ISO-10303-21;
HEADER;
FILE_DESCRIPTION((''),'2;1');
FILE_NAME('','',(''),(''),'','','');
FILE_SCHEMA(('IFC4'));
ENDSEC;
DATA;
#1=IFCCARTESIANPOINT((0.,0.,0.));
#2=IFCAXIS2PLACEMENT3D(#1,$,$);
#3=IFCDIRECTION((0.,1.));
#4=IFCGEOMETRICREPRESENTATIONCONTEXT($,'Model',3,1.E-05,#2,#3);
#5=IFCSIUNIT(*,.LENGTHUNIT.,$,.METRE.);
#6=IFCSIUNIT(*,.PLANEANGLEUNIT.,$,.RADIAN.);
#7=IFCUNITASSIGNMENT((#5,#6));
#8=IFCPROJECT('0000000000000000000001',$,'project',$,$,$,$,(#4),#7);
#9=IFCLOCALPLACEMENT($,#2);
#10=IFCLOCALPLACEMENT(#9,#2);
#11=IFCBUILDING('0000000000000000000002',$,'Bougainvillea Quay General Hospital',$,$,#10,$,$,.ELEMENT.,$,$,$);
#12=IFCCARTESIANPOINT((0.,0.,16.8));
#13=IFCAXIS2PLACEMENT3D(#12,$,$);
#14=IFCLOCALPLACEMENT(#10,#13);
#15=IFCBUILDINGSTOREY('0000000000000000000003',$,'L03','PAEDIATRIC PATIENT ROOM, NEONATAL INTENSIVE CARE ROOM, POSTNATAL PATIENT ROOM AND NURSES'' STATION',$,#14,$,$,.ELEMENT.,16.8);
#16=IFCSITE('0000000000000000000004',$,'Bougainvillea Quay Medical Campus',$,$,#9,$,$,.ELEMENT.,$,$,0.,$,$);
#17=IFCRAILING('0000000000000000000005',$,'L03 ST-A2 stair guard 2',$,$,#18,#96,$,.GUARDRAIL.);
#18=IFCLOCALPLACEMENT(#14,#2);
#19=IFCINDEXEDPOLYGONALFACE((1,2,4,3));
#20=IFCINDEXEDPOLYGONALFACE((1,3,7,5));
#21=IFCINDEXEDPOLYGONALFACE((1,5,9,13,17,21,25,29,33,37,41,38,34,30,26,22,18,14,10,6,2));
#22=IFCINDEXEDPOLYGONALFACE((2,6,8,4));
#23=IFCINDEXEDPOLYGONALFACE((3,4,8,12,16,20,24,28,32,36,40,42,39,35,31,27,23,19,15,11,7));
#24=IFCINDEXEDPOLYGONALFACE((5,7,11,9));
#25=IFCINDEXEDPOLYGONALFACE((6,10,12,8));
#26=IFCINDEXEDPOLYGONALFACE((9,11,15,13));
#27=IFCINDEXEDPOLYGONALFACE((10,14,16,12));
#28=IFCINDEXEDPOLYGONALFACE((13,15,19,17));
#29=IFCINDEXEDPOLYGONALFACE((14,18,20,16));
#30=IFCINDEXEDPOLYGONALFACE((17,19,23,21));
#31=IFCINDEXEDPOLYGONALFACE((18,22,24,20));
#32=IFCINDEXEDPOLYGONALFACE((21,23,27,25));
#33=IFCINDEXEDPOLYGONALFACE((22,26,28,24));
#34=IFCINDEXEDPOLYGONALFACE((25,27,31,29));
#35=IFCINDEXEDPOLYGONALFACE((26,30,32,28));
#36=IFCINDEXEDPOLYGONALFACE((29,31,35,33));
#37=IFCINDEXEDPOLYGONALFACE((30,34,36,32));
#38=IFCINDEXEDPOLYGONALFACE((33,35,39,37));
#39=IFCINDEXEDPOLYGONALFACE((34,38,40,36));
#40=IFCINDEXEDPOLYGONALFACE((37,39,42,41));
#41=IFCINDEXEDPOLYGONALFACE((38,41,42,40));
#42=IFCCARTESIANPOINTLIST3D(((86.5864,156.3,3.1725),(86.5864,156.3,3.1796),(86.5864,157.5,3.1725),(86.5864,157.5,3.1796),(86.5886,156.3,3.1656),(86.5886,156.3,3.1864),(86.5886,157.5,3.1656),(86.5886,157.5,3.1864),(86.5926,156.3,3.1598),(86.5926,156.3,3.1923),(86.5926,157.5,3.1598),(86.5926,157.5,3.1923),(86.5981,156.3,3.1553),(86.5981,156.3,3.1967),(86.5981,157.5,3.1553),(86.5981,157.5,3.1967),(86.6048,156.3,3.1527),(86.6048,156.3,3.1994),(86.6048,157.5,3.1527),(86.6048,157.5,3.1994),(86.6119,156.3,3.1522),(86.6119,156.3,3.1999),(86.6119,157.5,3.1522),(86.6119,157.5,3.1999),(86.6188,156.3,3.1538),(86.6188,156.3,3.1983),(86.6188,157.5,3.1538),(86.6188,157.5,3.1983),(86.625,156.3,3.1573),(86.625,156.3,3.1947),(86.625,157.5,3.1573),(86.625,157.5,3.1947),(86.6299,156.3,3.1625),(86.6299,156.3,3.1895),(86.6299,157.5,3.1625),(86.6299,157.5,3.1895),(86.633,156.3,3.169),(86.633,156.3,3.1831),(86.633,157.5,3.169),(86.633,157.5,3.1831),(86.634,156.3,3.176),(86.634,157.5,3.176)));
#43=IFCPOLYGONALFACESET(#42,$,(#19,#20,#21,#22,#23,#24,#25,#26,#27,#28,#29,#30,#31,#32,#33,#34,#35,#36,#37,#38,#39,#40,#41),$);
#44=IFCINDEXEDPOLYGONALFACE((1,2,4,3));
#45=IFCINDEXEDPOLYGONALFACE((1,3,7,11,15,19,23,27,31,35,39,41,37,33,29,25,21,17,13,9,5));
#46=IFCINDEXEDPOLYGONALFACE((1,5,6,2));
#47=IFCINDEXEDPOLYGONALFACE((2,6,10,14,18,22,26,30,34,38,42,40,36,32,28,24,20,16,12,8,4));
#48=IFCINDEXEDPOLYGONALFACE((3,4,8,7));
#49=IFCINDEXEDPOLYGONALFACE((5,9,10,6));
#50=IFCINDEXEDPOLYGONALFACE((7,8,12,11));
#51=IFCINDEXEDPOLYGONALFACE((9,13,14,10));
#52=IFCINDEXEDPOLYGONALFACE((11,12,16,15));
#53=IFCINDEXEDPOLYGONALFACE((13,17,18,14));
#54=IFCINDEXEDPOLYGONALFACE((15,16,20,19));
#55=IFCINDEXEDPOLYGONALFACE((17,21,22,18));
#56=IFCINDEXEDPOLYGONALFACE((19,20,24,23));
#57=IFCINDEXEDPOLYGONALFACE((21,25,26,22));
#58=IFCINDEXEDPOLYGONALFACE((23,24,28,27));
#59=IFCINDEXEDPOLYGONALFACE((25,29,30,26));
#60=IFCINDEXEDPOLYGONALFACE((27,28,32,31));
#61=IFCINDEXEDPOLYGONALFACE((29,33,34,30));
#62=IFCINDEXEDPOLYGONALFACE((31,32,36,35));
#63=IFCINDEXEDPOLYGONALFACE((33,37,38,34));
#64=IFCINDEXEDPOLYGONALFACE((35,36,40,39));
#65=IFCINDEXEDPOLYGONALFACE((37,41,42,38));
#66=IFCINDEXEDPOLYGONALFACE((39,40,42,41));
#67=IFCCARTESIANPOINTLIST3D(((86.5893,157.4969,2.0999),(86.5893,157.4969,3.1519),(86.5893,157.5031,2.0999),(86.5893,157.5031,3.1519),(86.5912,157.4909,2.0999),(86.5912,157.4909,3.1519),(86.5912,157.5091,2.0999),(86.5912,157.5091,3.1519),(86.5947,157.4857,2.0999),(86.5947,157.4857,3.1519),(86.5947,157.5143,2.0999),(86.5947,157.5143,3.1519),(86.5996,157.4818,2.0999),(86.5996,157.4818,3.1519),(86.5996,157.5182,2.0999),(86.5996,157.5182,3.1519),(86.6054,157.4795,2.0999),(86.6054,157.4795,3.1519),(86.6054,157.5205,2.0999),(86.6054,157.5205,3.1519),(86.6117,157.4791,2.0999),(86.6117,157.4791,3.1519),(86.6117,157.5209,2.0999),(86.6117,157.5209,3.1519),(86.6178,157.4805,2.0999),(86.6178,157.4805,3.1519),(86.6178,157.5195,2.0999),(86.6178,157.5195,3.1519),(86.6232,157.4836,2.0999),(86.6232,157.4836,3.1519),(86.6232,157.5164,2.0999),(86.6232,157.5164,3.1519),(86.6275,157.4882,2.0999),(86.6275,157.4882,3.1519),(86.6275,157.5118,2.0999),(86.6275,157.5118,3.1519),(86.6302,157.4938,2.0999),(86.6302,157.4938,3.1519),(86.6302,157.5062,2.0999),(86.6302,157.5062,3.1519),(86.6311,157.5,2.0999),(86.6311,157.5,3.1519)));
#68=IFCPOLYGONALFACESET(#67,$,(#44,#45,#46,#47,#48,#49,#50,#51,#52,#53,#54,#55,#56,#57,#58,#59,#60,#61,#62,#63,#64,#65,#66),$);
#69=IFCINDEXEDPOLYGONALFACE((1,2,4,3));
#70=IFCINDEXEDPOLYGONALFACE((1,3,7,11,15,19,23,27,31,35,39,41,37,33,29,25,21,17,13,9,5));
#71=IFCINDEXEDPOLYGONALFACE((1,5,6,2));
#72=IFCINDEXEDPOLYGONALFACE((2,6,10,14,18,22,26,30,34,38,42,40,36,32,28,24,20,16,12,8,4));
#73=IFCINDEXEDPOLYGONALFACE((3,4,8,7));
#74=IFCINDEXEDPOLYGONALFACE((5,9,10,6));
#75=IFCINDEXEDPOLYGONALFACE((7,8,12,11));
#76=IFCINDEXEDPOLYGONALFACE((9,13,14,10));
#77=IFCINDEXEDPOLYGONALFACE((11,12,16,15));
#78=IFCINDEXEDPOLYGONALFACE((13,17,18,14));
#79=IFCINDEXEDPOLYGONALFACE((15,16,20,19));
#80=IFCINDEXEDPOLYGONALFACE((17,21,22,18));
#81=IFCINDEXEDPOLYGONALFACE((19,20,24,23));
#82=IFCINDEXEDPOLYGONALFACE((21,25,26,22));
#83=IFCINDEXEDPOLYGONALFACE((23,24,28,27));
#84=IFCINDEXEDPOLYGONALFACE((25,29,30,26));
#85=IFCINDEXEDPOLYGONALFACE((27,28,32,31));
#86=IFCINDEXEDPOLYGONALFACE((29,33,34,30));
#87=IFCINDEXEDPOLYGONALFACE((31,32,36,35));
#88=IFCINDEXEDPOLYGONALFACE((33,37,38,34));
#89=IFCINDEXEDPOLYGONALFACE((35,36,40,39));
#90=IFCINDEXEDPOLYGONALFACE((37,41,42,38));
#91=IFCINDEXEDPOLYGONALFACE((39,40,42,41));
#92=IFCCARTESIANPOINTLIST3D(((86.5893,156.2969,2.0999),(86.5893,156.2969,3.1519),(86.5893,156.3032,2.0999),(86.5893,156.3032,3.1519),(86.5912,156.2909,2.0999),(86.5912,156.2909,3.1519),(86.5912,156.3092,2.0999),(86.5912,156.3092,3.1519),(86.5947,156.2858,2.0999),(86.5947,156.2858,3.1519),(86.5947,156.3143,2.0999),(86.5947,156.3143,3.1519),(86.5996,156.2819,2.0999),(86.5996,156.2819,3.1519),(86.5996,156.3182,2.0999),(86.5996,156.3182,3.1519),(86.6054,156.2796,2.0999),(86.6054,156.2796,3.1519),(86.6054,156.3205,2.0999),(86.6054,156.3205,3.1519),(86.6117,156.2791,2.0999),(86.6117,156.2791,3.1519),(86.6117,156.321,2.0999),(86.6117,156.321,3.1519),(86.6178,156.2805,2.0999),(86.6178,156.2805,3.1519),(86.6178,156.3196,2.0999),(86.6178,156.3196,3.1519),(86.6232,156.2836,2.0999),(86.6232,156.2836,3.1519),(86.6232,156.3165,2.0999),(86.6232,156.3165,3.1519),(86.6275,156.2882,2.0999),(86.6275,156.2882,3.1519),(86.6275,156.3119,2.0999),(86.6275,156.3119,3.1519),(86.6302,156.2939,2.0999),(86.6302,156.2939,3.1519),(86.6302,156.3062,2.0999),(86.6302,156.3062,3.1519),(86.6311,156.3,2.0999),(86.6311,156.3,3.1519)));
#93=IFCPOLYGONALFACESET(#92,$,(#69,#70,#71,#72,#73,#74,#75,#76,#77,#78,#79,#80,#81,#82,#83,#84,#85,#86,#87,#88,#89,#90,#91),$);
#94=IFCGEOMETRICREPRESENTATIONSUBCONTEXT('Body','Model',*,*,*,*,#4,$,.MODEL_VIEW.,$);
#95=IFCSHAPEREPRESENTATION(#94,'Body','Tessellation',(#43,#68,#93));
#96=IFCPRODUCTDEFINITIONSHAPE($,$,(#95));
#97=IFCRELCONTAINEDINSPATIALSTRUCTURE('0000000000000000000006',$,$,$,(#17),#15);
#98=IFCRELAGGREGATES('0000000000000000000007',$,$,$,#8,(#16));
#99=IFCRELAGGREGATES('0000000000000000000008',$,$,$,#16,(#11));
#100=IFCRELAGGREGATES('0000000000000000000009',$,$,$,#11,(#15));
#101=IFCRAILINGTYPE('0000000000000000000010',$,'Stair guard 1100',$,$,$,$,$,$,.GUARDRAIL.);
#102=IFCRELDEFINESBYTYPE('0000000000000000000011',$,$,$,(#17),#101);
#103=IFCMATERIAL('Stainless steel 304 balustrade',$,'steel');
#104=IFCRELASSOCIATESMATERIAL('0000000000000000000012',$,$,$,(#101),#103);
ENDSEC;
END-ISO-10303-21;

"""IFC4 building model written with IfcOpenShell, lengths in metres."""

from ifc_helpers import new_model, si_unit, direction, frame, origin, origin_2d, place, context, subcontext, project, spatial, circle, extrude, material, type_object, element, save


model = new_model("IFC4")

# Units and contexts
model_context = context("Model", 3, precision=1e-05, world=origin(), true_north=direction((0.0, 1.0)))
body_context = subcontext(model_context, "Body", "Model", "MODEL_VIEW")
ifc_project = project(units=[si_unit("LENGTHUNIT", "METRE"), si_unit("PLANEANGLEUNIT", "RADIAN")], contexts=[model_context])

# Site, building, storey
site_placement = place(None, origin())
site = spatial("IfcSite", under=ifc_project, at=site_placement, Name="Bougainvillea Quay Medical Campus", CompositionType="ELEMENT", RefElevation=0.0)
building_placement = place(site_placement, origin())
building = spatial("IfcBuilding", under=site, at=building_placement, Name="Bougainvillea Quay General Hospital", CompositionType="ELEMENT")
storey_placement = place(building_placement, frame((0.0, 0.0, 16.8)))
storey = spatial("IfcBuildingStorey", under=building, at=storey_placement, Name="L03", Description="PAEDIATRIC PATIENT ROOM, NEONATAL INTENSIVE CARE ROOM, POSTNATAL PATIENT ROOM AND NURSES' STATION", CompositionType="ELEMENT", Elevation=16.8)

# Railing
ifc_material_1 = material(Name="Stainless steel 304 balustrade", Category="steel")
railing_type_1 = type_object("IfcRailingType", Name="Stair guard 1100", PredefinedType="GUARDRAIL", material=ifc_material_1)
railing_1_placement = place(storey_placement, frame((86.6101, 157.5, 2.0999)))
element("IfcRailing", 1, at=railing_1_placement, inside=storey, type_object=railing_type_1, Name="L03 ST-A2 stair guard 2", PredefinedType="GUARDRAIL", context=body_context, shape_type="SweptSolid", body=[
    extrude(circle(Radius=0.0239, at=origin_2d()), frame((0.0, 0.0, 1.0762), z_axis=(0.0, -1.0, 0.0), x_axis=(1.0, 0.0, 0.0)), (0.0, 0.0, 1.0), 1.2),
    extrude(circle(Radius=0.021, at=origin_2d()), origin(), (0.0, 0.0, 1.0), 1.052),
    extrude(circle(Radius=0.021, at=origin_2d()), frame((0.0, -1.2, 0.0)), (0.0, 0.0, 1.0), 1.052),
])

save(model, "model.ifc")
